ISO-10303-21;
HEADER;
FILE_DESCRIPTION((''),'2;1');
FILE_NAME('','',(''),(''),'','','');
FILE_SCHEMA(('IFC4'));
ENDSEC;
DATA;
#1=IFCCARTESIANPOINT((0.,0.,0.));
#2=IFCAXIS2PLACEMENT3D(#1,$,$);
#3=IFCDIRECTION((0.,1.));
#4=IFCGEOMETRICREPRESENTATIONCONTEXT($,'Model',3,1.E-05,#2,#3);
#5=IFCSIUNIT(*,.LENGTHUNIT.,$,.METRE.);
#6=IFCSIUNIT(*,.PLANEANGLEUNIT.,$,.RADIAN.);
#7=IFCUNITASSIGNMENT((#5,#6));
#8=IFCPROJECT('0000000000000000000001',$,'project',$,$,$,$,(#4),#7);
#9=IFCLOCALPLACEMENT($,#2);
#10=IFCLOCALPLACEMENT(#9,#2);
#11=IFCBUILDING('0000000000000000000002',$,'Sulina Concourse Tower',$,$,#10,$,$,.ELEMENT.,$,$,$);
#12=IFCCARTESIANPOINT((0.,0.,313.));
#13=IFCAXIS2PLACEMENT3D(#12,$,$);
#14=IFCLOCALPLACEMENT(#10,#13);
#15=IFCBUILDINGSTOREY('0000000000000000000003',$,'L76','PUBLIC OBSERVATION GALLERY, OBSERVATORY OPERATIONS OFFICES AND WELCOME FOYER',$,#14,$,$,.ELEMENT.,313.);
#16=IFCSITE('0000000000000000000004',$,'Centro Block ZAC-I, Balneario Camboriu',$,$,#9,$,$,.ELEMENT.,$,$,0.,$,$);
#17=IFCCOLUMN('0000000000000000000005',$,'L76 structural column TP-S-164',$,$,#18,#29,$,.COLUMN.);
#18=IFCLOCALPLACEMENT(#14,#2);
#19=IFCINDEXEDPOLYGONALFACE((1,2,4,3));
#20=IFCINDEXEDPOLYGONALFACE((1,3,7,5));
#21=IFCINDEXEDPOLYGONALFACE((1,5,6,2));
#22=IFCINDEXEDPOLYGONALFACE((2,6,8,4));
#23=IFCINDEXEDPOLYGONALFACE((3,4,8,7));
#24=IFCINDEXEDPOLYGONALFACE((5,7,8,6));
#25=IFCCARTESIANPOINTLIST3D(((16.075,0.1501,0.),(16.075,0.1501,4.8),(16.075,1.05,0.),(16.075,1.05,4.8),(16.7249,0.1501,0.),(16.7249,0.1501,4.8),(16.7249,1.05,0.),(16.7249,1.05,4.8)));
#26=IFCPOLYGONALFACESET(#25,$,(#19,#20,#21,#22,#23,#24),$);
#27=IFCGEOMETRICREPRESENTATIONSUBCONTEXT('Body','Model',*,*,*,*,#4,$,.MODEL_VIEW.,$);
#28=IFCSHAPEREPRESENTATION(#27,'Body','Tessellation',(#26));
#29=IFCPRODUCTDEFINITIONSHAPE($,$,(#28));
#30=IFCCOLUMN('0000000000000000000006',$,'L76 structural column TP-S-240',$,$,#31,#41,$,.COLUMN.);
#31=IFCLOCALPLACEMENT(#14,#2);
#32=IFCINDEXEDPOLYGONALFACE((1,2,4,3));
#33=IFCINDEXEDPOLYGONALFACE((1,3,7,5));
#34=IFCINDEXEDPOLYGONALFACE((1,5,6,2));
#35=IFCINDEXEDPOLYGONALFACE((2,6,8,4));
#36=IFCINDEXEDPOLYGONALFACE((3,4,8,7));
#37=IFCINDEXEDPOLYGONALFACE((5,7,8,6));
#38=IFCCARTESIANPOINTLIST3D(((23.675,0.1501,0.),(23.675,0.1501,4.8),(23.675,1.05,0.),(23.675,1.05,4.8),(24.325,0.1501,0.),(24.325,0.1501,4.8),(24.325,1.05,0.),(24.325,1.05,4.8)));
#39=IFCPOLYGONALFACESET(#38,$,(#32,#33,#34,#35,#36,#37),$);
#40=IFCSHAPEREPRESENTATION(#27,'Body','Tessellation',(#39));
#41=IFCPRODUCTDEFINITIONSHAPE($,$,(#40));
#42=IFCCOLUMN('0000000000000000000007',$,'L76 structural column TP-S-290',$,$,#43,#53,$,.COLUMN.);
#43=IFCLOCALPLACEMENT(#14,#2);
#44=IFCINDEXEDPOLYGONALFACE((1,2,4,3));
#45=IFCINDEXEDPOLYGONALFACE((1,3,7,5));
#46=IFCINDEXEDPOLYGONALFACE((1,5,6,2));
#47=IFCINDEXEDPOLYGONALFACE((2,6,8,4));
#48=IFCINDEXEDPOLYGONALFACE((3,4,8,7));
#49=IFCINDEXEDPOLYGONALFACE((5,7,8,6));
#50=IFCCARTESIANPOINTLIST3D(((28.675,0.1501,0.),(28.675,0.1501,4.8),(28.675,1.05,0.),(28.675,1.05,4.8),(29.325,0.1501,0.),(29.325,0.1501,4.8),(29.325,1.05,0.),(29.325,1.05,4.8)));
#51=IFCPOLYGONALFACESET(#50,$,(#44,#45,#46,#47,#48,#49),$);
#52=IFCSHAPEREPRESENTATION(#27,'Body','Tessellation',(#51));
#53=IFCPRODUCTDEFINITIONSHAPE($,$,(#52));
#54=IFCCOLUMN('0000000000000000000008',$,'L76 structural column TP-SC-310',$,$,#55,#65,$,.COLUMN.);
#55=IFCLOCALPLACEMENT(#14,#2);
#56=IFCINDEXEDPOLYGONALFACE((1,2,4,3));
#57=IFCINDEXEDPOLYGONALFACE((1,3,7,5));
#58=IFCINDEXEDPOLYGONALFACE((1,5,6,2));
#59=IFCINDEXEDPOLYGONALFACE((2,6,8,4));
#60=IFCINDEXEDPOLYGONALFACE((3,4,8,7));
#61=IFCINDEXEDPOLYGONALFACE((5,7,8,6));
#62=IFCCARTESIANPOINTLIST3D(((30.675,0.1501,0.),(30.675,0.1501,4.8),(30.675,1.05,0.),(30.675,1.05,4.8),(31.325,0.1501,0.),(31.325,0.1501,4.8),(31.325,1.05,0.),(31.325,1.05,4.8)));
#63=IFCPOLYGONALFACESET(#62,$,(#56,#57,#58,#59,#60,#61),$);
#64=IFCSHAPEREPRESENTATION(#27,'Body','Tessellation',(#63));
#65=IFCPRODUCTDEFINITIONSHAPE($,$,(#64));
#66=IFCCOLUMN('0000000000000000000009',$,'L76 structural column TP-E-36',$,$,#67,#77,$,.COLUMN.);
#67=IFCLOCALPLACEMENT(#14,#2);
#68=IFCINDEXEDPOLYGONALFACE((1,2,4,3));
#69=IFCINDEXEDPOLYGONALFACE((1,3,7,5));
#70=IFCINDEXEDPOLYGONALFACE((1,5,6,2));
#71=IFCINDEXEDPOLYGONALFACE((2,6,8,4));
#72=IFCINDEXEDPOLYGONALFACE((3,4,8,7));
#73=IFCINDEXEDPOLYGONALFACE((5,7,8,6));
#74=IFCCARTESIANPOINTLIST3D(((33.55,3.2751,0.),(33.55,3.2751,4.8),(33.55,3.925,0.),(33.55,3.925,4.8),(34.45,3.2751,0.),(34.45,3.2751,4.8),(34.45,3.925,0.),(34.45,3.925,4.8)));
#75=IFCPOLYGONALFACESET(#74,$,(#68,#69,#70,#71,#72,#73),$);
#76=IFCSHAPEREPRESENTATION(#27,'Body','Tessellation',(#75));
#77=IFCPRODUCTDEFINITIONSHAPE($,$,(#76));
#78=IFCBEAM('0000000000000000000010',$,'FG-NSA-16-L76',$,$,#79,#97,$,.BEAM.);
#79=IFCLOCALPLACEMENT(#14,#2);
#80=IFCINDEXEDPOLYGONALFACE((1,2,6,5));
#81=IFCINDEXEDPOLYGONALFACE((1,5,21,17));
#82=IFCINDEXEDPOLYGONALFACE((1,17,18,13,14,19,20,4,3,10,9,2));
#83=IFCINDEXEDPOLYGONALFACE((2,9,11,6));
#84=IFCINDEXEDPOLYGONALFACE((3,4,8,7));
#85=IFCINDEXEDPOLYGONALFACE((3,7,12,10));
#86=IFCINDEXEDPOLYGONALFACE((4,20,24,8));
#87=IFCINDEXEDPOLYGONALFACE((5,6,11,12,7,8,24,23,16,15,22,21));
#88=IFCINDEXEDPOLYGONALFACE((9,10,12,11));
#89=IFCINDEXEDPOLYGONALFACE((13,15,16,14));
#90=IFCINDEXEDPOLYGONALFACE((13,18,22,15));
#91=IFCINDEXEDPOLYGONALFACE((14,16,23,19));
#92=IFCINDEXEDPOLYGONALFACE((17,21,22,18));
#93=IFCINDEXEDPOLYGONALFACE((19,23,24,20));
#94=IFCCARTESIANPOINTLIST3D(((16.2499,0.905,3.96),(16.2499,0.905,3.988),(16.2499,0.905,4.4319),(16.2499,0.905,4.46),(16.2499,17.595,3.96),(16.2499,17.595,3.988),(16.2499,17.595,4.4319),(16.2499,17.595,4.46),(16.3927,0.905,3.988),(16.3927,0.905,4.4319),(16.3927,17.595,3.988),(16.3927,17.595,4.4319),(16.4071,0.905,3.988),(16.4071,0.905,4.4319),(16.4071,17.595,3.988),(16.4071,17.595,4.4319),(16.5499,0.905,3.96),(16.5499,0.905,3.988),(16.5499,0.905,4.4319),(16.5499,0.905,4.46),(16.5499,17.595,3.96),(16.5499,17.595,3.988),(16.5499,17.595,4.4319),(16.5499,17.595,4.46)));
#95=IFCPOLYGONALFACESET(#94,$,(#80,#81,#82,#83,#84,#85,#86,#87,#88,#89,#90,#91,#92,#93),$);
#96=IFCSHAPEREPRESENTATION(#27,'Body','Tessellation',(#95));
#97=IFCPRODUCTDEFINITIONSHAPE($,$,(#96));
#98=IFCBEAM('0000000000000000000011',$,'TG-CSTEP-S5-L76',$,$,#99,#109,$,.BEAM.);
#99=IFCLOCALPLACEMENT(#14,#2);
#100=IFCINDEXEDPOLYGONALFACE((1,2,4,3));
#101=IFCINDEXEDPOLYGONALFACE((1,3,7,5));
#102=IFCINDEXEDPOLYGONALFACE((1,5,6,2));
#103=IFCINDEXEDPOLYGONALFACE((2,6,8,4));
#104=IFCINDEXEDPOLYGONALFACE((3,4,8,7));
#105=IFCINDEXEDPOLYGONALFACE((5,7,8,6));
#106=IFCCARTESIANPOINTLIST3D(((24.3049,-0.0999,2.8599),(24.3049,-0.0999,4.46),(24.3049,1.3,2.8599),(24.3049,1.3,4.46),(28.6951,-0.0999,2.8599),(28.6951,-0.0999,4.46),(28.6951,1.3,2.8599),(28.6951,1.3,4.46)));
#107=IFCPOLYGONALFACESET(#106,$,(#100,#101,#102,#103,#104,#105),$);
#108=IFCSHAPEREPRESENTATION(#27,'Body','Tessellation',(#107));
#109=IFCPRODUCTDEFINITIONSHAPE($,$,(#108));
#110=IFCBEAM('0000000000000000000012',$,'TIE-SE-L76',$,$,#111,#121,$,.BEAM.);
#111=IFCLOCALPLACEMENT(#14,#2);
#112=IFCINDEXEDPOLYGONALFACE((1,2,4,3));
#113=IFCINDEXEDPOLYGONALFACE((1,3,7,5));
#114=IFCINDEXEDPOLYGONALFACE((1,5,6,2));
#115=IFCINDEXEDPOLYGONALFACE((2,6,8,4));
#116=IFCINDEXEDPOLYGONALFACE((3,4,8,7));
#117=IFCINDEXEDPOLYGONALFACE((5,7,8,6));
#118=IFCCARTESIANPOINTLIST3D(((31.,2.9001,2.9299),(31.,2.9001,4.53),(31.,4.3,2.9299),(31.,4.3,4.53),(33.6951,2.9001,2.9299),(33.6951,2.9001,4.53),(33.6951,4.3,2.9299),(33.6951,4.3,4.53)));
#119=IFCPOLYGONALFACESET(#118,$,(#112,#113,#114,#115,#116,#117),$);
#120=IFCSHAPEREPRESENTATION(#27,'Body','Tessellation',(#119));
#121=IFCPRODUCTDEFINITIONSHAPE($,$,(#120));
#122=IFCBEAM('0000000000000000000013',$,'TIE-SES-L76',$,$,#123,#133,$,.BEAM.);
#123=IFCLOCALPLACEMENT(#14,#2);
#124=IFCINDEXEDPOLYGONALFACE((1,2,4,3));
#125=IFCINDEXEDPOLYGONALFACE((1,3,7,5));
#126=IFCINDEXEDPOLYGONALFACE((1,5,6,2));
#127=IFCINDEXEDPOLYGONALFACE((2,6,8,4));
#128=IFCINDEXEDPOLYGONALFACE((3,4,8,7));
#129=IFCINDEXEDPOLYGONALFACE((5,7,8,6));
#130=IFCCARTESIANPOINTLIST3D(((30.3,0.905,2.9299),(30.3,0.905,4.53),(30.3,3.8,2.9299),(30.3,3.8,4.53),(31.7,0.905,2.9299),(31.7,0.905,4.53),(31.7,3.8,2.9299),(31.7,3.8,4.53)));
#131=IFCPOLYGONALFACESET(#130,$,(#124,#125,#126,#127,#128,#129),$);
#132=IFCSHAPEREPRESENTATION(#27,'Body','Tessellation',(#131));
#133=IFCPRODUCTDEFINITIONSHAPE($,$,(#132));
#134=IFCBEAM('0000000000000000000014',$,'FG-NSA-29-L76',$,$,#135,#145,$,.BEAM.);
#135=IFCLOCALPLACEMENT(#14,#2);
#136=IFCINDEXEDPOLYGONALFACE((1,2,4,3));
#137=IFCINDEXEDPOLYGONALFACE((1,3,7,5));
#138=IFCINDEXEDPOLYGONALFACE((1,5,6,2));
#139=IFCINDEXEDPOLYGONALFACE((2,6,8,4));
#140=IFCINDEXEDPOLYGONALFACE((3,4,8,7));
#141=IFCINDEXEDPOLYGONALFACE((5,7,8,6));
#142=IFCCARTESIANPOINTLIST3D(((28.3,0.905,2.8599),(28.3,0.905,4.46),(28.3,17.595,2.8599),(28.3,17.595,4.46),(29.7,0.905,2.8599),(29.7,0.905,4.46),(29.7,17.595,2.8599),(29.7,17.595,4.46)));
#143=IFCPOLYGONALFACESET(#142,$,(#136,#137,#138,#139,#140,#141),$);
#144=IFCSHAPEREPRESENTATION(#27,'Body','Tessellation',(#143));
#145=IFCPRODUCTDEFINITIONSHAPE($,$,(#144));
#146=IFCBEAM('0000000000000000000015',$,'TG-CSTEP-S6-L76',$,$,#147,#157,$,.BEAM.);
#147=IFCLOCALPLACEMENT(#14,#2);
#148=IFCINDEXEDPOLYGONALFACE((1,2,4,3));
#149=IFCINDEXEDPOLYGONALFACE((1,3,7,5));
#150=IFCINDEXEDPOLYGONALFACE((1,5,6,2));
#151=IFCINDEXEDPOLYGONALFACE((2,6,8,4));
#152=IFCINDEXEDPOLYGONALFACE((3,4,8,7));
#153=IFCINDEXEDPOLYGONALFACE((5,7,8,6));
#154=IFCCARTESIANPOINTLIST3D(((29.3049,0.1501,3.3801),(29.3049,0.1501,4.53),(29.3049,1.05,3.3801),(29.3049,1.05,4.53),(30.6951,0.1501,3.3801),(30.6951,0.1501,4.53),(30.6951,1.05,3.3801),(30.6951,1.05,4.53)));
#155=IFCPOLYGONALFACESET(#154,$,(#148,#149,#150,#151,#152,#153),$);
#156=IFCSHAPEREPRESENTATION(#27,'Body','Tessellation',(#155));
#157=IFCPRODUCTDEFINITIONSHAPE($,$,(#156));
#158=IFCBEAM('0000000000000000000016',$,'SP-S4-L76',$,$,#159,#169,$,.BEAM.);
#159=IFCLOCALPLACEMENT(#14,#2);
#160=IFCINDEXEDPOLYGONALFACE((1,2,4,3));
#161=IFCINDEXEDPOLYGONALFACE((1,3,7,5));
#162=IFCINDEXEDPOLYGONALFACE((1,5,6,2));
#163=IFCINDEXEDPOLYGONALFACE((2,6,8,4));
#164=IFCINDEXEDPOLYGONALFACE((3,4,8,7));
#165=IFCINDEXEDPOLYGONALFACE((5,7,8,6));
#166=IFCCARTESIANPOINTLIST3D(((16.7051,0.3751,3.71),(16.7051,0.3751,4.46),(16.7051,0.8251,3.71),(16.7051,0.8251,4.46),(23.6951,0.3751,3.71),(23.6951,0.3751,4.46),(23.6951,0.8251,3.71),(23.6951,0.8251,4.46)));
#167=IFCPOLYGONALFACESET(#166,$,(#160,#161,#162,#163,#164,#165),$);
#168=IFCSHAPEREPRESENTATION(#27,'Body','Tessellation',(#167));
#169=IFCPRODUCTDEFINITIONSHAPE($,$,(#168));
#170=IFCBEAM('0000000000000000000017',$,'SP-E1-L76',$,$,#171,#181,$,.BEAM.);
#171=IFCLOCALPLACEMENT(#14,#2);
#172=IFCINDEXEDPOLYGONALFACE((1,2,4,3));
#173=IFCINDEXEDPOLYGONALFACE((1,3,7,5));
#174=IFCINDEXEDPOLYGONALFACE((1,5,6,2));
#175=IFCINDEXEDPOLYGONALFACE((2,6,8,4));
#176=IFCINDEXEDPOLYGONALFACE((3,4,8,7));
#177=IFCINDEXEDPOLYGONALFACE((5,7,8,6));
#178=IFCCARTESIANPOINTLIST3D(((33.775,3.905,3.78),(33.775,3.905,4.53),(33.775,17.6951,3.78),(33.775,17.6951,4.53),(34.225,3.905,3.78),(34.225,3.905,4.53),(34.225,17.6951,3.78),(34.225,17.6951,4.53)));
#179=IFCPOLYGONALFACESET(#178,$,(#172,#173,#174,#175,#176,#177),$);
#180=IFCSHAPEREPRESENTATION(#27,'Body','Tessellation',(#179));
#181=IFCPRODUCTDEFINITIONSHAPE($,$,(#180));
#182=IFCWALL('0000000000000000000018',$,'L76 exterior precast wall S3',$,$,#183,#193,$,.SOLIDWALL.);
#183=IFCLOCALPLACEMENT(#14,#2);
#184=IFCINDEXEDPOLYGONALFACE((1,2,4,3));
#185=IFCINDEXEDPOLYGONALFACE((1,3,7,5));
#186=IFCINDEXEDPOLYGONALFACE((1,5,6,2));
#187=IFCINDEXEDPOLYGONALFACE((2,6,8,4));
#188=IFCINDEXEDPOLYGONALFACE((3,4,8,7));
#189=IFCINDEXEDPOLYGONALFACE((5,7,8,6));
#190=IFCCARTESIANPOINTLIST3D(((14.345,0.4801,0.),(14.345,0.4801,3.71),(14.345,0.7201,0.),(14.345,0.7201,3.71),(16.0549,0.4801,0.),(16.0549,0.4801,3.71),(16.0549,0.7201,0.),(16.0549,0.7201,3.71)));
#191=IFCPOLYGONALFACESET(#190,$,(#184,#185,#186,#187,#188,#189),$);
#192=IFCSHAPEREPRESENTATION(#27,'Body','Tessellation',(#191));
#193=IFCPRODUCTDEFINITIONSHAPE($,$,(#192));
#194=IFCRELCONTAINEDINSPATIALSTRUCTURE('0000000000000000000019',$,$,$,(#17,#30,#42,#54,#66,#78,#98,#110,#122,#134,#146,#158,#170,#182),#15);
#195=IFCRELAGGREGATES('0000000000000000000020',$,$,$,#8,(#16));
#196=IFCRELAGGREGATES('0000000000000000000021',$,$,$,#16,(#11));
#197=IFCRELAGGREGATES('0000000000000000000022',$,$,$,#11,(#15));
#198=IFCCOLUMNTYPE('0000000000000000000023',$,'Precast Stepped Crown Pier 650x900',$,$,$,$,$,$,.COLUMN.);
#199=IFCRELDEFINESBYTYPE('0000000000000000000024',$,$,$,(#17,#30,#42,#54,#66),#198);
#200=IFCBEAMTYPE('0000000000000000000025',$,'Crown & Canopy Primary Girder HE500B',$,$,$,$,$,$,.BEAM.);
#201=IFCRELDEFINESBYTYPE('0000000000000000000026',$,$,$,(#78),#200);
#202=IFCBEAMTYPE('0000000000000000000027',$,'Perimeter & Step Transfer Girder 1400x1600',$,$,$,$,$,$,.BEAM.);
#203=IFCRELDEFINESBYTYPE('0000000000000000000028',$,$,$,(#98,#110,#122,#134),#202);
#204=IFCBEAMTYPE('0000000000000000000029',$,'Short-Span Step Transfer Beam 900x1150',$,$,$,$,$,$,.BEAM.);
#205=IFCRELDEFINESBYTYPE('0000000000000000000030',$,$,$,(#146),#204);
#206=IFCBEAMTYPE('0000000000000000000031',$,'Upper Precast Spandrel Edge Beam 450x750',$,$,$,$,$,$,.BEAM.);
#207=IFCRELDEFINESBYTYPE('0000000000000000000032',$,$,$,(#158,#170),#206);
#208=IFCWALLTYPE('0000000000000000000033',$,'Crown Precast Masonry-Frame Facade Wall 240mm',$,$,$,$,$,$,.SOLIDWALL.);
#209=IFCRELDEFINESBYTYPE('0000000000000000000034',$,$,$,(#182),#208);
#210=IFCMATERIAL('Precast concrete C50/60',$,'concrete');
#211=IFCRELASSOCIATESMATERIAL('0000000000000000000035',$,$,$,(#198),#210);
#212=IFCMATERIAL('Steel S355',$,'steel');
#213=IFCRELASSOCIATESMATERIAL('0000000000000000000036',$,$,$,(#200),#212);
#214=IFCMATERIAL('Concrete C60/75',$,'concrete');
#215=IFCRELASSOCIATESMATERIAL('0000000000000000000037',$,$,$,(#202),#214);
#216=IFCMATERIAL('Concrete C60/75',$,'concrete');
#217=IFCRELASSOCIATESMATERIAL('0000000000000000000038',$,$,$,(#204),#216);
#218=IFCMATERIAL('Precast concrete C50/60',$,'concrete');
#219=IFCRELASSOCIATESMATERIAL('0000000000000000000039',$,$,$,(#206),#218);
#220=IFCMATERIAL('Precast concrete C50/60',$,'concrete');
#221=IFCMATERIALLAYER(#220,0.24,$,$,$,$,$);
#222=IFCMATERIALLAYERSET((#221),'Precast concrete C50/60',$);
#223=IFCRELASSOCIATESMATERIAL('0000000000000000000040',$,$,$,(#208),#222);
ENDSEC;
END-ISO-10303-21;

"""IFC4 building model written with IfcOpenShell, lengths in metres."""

from ifc_helpers import new_model, si_unit, direction, frame, frame_2d, origin, origin_2d, place, context, subcontext, project, spatial, rectangle, i_section, extrude, material, layer, layer_set, material_profile, profile_set, type_object, element, save


model = new_model("IFC4")

# Units and contexts
model_context = context("Model", 3, precision=1e-05, world=origin(), true_north=direction((0.0, 1.0)))
body_context = subcontext(model_context, "Body", "Model", "MODEL_VIEW")
ifc_project = project(units=[si_unit("LENGTHUNIT", "METRE"), si_unit("PLANEANGLEUNIT", "RADIAN")], contexts=[model_context])

# Site, building, storey
site_placement = place(None, origin())
site = spatial("IfcSite", under=ifc_project, at=site_placement, Name="Centro Block ZAC-I, Balneario Camboriu", CompositionType="ELEMENT", RefElevation=0.0)
building_placement = place(site_placement, origin())
building = spatial("IfcBuilding", under=site, at=building_placement, Name="Sulina Concourse Tower", CompositionType="ELEMENT")
storey_placement = place(building_placement, frame((0.0, 0.0, 313.0)))
storey = spatial("IfcBuildingStorey", under=building, at=storey_placement, Name="L76", Description="PUBLIC OBSERVATION GALLERY, OBSERVATORY OPERATIONS OFFICES AND WELCOME FOYER", CompositionType="ELEMENT", Elevation=313.0)

# Columns
ifc_material_1 = material(Name="Precast concrete C50/60", Category="concrete")
ifc_material_profile_1 = material_profile(ifc_material_1, rectangle(XDim=0.6499, YDim=0.8999, at=origin_2d()), Name="PC 650x900")
ifc_profile_set_1 = profile_set([ifc_material_profile_1], Name="Precast concrete C50/60")
column_type = type_object("IfcColumnType", Name="Precast Stepped Crown Pier 650x900", PredefinedType="COLUMN", material=ifc_profile_set_1)
for number, where, z_axis, x_axis, name in (
    (1, (16.3999, 0.6001, 0.0), (0.0, 0.0, 1.0), (1.0, 0.0, 0.0), "L76 structural column TP-S-164"),
    (2, (24.0, 0.6001, 0.0), (0.0, 0.0, 1.0), (1.0, 0.0, 0.0), "L76 structural column TP-S-240"),
    (3, (29.0, 0.6001, 0.0), (0.0, 0.0, 1.0), (1.0, 0.0, 0.0), "L76 structural column TP-S-290"),
    (4, (31.0, 0.6001, 0.0), (0.0, 0.0, 1.0), (1.0, 0.0, 0.0), "L76 structural column TP-SC-310"),
    (5, (34.0, 3.6001, 0.0), (0.0, 0.0, 1.0), (0.0, 1.0, 0.0), "L76 structural column TP-E-36"),
):
    element("IfcColumn", number, at=place(storey_placement, frame(where, z_axis=z_axis, x_axis=x_axis)), inside=storey, type_object=column_type, Name=name, PredefinedType="COLUMN", context=body_context, shape_type="SweptSolid", body=[
        extrude(rectangle(XDim=0.6499, YDim=0.8999, at=origin_2d()), origin(), (0.0, 0.0, 1.0), 4.8),
    ])

# Beams
ifc_material_2 = material(Name="Steel S355", Category="steel")
ifc_material_profile_2 = material_profile(ifc_material_2, i_section(OverallWidth=0.3, OverallDepth=0.5, WebThickness=0.0144, FlangeThickness=0.0281, at=origin_2d()), Name="HE 500 B")
ifc_profile_set_2 = profile_set([ifc_material_profile_2], Name="Steel S355")
beam_type_1 = type_object("IfcBeamType", Name="Crown & Canopy Primary Girder HE500B", PredefinedType="BEAM", material=ifc_profile_set_2)
beam_1_placement = place(storey_placement, frame((16.3999, 0.905, 4.21), z_axis=(0.0, 1.0, 0.0), x_axis=(-1.0, 0.0, 0.0)))
element("IfcBeam", 6, at=beam_1_placement, inside=storey, type_object=beam_type_1, Name="FG-NSA-16-L76", PredefinedType="BEAM", context=body_context, shape_type="SweptSolid", body=[
    extrude(i_section(OverallWidth=0.3, OverallDepth=0.5, WebThickness=0.0144, FlangeThickness=0.0281, at=origin_2d()), origin(), (0.0, 0.0, 1.0), 16.6899),
])
ifc_material_3 = material(Name="Concrete C60/75", Category="concrete")
ifc_material_profile_3 = material_profile(ifc_material_3, rectangle(XDim=1.3999, YDim=1.6001, at=origin_2d()), Name="RC 1400x1600")
ifc_profile_set_3 = profile_set([ifc_material_profile_3], Name="Concrete C60/75")
beam_type_2 = type_object("IfcBeamType", Name="Perimeter & Step Transfer Girder 1400x1600", PredefinedType="BEAM", material=ifc_profile_set_3)
beam_2_placement = place(storey_placement, frame((24.3049, 0.6001, 3.6599), z_axis=(1.0, 0.0, 0.0), x_axis=(0.0, 1.0, 0.0)))
element("IfcBeam", 7, at=beam_2_placement, inside=storey, type_object=beam_type_2, Name="TG-CSTEP-S5-L76", PredefinedType="BEAM", context=body_context, shape_type="SweptSolid", body=[
    extrude(rectangle(XDim=1.3999, YDim=1.6001, at=origin_2d()), origin(), (0.0, 0.0, 1.0), 4.3901),
])
beam_3_placement = place(storey_placement, frame((31.0, 3.6001, 3.73), z_axis=(1.0, 0.0, 0.0), x_axis=(0.0, 1.0, 0.0)))
element("IfcBeam", 8, at=beam_3_placement, inside=storey, type_object=beam_type_2, Name="TIE-SE-L76", PredefinedType="BEAM", context=body_context, shape_type="SweptSolid", body=[
    extrude(rectangle(XDim=1.3999, YDim=1.6001, at=origin_2d()), origin(), (0.0, 0.0, 1.0), 2.6951),
])
beam_4_placement = place(storey_placement, frame((31.0, 0.905, 3.73), z_axis=(0.0, 1.0, 0.0), x_axis=(-1.0, 0.0, 0.0)))
element("IfcBeam", 9, at=beam_4_placement, inside=storey, type_object=beam_type_2, Name="TIE-SES-L76", PredefinedType="BEAM", context=body_context, shape_type="SweptSolid", body=[
    extrude(rectangle(XDim=1.3999, YDim=1.6001, at=origin_2d()), origin(), (0.0, 0.0, 1.0), 2.895),
])
beam_5_placement = place(storey_placement, frame((29.0, 0.905, 3.6599), z_axis=(0.0, 1.0, 0.0), x_axis=(-1.0, 0.0, 0.0)))
element("IfcBeam", 10, at=beam_5_placement, inside=storey, type_object=beam_type_2, Name="FG-NSA-29-L76", PredefinedType="BEAM", context=body_context, shape_type="SweptSolid", body=[
    extrude(rectangle(XDim=1.3999, YDim=1.6001, at=origin_2d()), origin(), (0.0, 0.0, 1.0), 16.6899),
])
ifc_material_4 = material(Name="Concrete C60/75", Category="concrete")
ifc_material_profile_4 = material_profile(ifc_material_4, rectangle(XDim=0.8999, YDim=1.1499, at=origin_2d()), Name="RC 900x1150")
ifc_profile_set_4 = profile_set([ifc_material_profile_4], Name="Concrete C60/75")
beam_type_3 = type_object("IfcBeamType", Name="Short-Span Step Transfer Beam 900x1150", PredefinedType="BEAM", material=ifc_profile_set_4)
beam_6_placement = place(storey_placement, frame((29.3049, 0.6001, 3.9551), z_axis=(1.0, 0.0, 0.0), x_axis=(0.0, 1.0, 0.0)))
element("IfcBeam", 11, at=beam_6_placement, inside=storey, type_object=beam_type_3, Name="TG-CSTEP-S6-L76", PredefinedType="BEAM", context=body_context, shape_type="SweptSolid", body=[
    extrude(rectangle(XDim=0.8999, YDim=1.1499, at=origin_2d()), origin(), (0.0, 0.0, 1.0), 1.3901),
])
ifc_material_5 = material(Name="Precast concrete C50/60", Category="concrete")
ifc_material_profile_5 = material_profile(ifc_material_5, rectangle(XDim=0.45, YDim=0.75, at=origin_2d()), Name="RC 450x750")
ifc_profile_set_5 = profile_set([ifc_material_profile_5], Name="Precast concrete C50/60")
beam_type_4 = type_object("IfcBeamType", Name="Upper Precast Spandrel Edge Beam 450x750", PredefinedType="BEAM", material=ifc_profile_set_5)
beam_7_placement = place(storey_placement, frame((16.7051, 0.6001, 4.085), z_axis=(1.0, 0.0, 0.0), x_axis=(0.0, 1.0, 0.0)))
element("IfcBeam", 12, at=beam_7_placement, inside=storey, type_object=beam_type_4, Name="SP-S4-L76", PredefinedType="BEAM", context=body_context, shape_type="SweptSolid", body=[
    extrude(rectangle(XDim=0.45, YDim=0.75, at=origin_2d()), origin(), (0.0, 0.0, 1.0), 6.99),
])
beam_8_placement = place(storey_placement, frame((34.0, 3.905, 4.155), z_axis=(0.0, 1.0, 0.0), x_axis=(-1.0, 0.0, 0.0)))
element("IfcBeam", 13, at=beam_8_placement, inside=storey, type_object=beam_type_4, Name="SP-E1-L76", PredefinedType="BEAM", context=body_context, shape_type="SweptSolid", body=[
    extrude(rectangle(XDim=0.45, YDim=0.75, at=origin_2d()), origin(), (0.0, 0.0, 1.0), 13.79),
])

# Wall
ifc_material_6 = material(Name="Precast concrete C50/60", Category="concrete")
ifc_layer_1 = layer(ifc_material_6, 0.24)
ifc_layer_set_1 = layer_set([ifc_layer_1], Name="Precast concrete C50/60")
wall_type_1 = type_object("IfcWallType", Name="Crown Precast Masonry-Frame Facade Wall 240mm", PredefinedType="SOLIDWALL", material=ifc_layer_set_1)
wall_1_placement = place(storey_placement, frame((16.0549, 0.6001, 0.0), z_axis=(0.0, 0.0, 1.0), x_axis=(-1.0, 0.0, 0.0)))
element("IfcWall", 14, at=wall_1_placement, inside=storey, type_object=wall_type_1, Name="L76 exterior precast wall S3", PredefinedType="SOLIDWALL", context=body_context, shape_type="SweptSolid", body=[
    extrude(rectangle(XDim=1.71, YDim=0.24, at=frame_2d((0.855, 0.0))), origin(), (0.0, 0.0, 1.0), 3.71),
])

save(model, "model.ifc")
